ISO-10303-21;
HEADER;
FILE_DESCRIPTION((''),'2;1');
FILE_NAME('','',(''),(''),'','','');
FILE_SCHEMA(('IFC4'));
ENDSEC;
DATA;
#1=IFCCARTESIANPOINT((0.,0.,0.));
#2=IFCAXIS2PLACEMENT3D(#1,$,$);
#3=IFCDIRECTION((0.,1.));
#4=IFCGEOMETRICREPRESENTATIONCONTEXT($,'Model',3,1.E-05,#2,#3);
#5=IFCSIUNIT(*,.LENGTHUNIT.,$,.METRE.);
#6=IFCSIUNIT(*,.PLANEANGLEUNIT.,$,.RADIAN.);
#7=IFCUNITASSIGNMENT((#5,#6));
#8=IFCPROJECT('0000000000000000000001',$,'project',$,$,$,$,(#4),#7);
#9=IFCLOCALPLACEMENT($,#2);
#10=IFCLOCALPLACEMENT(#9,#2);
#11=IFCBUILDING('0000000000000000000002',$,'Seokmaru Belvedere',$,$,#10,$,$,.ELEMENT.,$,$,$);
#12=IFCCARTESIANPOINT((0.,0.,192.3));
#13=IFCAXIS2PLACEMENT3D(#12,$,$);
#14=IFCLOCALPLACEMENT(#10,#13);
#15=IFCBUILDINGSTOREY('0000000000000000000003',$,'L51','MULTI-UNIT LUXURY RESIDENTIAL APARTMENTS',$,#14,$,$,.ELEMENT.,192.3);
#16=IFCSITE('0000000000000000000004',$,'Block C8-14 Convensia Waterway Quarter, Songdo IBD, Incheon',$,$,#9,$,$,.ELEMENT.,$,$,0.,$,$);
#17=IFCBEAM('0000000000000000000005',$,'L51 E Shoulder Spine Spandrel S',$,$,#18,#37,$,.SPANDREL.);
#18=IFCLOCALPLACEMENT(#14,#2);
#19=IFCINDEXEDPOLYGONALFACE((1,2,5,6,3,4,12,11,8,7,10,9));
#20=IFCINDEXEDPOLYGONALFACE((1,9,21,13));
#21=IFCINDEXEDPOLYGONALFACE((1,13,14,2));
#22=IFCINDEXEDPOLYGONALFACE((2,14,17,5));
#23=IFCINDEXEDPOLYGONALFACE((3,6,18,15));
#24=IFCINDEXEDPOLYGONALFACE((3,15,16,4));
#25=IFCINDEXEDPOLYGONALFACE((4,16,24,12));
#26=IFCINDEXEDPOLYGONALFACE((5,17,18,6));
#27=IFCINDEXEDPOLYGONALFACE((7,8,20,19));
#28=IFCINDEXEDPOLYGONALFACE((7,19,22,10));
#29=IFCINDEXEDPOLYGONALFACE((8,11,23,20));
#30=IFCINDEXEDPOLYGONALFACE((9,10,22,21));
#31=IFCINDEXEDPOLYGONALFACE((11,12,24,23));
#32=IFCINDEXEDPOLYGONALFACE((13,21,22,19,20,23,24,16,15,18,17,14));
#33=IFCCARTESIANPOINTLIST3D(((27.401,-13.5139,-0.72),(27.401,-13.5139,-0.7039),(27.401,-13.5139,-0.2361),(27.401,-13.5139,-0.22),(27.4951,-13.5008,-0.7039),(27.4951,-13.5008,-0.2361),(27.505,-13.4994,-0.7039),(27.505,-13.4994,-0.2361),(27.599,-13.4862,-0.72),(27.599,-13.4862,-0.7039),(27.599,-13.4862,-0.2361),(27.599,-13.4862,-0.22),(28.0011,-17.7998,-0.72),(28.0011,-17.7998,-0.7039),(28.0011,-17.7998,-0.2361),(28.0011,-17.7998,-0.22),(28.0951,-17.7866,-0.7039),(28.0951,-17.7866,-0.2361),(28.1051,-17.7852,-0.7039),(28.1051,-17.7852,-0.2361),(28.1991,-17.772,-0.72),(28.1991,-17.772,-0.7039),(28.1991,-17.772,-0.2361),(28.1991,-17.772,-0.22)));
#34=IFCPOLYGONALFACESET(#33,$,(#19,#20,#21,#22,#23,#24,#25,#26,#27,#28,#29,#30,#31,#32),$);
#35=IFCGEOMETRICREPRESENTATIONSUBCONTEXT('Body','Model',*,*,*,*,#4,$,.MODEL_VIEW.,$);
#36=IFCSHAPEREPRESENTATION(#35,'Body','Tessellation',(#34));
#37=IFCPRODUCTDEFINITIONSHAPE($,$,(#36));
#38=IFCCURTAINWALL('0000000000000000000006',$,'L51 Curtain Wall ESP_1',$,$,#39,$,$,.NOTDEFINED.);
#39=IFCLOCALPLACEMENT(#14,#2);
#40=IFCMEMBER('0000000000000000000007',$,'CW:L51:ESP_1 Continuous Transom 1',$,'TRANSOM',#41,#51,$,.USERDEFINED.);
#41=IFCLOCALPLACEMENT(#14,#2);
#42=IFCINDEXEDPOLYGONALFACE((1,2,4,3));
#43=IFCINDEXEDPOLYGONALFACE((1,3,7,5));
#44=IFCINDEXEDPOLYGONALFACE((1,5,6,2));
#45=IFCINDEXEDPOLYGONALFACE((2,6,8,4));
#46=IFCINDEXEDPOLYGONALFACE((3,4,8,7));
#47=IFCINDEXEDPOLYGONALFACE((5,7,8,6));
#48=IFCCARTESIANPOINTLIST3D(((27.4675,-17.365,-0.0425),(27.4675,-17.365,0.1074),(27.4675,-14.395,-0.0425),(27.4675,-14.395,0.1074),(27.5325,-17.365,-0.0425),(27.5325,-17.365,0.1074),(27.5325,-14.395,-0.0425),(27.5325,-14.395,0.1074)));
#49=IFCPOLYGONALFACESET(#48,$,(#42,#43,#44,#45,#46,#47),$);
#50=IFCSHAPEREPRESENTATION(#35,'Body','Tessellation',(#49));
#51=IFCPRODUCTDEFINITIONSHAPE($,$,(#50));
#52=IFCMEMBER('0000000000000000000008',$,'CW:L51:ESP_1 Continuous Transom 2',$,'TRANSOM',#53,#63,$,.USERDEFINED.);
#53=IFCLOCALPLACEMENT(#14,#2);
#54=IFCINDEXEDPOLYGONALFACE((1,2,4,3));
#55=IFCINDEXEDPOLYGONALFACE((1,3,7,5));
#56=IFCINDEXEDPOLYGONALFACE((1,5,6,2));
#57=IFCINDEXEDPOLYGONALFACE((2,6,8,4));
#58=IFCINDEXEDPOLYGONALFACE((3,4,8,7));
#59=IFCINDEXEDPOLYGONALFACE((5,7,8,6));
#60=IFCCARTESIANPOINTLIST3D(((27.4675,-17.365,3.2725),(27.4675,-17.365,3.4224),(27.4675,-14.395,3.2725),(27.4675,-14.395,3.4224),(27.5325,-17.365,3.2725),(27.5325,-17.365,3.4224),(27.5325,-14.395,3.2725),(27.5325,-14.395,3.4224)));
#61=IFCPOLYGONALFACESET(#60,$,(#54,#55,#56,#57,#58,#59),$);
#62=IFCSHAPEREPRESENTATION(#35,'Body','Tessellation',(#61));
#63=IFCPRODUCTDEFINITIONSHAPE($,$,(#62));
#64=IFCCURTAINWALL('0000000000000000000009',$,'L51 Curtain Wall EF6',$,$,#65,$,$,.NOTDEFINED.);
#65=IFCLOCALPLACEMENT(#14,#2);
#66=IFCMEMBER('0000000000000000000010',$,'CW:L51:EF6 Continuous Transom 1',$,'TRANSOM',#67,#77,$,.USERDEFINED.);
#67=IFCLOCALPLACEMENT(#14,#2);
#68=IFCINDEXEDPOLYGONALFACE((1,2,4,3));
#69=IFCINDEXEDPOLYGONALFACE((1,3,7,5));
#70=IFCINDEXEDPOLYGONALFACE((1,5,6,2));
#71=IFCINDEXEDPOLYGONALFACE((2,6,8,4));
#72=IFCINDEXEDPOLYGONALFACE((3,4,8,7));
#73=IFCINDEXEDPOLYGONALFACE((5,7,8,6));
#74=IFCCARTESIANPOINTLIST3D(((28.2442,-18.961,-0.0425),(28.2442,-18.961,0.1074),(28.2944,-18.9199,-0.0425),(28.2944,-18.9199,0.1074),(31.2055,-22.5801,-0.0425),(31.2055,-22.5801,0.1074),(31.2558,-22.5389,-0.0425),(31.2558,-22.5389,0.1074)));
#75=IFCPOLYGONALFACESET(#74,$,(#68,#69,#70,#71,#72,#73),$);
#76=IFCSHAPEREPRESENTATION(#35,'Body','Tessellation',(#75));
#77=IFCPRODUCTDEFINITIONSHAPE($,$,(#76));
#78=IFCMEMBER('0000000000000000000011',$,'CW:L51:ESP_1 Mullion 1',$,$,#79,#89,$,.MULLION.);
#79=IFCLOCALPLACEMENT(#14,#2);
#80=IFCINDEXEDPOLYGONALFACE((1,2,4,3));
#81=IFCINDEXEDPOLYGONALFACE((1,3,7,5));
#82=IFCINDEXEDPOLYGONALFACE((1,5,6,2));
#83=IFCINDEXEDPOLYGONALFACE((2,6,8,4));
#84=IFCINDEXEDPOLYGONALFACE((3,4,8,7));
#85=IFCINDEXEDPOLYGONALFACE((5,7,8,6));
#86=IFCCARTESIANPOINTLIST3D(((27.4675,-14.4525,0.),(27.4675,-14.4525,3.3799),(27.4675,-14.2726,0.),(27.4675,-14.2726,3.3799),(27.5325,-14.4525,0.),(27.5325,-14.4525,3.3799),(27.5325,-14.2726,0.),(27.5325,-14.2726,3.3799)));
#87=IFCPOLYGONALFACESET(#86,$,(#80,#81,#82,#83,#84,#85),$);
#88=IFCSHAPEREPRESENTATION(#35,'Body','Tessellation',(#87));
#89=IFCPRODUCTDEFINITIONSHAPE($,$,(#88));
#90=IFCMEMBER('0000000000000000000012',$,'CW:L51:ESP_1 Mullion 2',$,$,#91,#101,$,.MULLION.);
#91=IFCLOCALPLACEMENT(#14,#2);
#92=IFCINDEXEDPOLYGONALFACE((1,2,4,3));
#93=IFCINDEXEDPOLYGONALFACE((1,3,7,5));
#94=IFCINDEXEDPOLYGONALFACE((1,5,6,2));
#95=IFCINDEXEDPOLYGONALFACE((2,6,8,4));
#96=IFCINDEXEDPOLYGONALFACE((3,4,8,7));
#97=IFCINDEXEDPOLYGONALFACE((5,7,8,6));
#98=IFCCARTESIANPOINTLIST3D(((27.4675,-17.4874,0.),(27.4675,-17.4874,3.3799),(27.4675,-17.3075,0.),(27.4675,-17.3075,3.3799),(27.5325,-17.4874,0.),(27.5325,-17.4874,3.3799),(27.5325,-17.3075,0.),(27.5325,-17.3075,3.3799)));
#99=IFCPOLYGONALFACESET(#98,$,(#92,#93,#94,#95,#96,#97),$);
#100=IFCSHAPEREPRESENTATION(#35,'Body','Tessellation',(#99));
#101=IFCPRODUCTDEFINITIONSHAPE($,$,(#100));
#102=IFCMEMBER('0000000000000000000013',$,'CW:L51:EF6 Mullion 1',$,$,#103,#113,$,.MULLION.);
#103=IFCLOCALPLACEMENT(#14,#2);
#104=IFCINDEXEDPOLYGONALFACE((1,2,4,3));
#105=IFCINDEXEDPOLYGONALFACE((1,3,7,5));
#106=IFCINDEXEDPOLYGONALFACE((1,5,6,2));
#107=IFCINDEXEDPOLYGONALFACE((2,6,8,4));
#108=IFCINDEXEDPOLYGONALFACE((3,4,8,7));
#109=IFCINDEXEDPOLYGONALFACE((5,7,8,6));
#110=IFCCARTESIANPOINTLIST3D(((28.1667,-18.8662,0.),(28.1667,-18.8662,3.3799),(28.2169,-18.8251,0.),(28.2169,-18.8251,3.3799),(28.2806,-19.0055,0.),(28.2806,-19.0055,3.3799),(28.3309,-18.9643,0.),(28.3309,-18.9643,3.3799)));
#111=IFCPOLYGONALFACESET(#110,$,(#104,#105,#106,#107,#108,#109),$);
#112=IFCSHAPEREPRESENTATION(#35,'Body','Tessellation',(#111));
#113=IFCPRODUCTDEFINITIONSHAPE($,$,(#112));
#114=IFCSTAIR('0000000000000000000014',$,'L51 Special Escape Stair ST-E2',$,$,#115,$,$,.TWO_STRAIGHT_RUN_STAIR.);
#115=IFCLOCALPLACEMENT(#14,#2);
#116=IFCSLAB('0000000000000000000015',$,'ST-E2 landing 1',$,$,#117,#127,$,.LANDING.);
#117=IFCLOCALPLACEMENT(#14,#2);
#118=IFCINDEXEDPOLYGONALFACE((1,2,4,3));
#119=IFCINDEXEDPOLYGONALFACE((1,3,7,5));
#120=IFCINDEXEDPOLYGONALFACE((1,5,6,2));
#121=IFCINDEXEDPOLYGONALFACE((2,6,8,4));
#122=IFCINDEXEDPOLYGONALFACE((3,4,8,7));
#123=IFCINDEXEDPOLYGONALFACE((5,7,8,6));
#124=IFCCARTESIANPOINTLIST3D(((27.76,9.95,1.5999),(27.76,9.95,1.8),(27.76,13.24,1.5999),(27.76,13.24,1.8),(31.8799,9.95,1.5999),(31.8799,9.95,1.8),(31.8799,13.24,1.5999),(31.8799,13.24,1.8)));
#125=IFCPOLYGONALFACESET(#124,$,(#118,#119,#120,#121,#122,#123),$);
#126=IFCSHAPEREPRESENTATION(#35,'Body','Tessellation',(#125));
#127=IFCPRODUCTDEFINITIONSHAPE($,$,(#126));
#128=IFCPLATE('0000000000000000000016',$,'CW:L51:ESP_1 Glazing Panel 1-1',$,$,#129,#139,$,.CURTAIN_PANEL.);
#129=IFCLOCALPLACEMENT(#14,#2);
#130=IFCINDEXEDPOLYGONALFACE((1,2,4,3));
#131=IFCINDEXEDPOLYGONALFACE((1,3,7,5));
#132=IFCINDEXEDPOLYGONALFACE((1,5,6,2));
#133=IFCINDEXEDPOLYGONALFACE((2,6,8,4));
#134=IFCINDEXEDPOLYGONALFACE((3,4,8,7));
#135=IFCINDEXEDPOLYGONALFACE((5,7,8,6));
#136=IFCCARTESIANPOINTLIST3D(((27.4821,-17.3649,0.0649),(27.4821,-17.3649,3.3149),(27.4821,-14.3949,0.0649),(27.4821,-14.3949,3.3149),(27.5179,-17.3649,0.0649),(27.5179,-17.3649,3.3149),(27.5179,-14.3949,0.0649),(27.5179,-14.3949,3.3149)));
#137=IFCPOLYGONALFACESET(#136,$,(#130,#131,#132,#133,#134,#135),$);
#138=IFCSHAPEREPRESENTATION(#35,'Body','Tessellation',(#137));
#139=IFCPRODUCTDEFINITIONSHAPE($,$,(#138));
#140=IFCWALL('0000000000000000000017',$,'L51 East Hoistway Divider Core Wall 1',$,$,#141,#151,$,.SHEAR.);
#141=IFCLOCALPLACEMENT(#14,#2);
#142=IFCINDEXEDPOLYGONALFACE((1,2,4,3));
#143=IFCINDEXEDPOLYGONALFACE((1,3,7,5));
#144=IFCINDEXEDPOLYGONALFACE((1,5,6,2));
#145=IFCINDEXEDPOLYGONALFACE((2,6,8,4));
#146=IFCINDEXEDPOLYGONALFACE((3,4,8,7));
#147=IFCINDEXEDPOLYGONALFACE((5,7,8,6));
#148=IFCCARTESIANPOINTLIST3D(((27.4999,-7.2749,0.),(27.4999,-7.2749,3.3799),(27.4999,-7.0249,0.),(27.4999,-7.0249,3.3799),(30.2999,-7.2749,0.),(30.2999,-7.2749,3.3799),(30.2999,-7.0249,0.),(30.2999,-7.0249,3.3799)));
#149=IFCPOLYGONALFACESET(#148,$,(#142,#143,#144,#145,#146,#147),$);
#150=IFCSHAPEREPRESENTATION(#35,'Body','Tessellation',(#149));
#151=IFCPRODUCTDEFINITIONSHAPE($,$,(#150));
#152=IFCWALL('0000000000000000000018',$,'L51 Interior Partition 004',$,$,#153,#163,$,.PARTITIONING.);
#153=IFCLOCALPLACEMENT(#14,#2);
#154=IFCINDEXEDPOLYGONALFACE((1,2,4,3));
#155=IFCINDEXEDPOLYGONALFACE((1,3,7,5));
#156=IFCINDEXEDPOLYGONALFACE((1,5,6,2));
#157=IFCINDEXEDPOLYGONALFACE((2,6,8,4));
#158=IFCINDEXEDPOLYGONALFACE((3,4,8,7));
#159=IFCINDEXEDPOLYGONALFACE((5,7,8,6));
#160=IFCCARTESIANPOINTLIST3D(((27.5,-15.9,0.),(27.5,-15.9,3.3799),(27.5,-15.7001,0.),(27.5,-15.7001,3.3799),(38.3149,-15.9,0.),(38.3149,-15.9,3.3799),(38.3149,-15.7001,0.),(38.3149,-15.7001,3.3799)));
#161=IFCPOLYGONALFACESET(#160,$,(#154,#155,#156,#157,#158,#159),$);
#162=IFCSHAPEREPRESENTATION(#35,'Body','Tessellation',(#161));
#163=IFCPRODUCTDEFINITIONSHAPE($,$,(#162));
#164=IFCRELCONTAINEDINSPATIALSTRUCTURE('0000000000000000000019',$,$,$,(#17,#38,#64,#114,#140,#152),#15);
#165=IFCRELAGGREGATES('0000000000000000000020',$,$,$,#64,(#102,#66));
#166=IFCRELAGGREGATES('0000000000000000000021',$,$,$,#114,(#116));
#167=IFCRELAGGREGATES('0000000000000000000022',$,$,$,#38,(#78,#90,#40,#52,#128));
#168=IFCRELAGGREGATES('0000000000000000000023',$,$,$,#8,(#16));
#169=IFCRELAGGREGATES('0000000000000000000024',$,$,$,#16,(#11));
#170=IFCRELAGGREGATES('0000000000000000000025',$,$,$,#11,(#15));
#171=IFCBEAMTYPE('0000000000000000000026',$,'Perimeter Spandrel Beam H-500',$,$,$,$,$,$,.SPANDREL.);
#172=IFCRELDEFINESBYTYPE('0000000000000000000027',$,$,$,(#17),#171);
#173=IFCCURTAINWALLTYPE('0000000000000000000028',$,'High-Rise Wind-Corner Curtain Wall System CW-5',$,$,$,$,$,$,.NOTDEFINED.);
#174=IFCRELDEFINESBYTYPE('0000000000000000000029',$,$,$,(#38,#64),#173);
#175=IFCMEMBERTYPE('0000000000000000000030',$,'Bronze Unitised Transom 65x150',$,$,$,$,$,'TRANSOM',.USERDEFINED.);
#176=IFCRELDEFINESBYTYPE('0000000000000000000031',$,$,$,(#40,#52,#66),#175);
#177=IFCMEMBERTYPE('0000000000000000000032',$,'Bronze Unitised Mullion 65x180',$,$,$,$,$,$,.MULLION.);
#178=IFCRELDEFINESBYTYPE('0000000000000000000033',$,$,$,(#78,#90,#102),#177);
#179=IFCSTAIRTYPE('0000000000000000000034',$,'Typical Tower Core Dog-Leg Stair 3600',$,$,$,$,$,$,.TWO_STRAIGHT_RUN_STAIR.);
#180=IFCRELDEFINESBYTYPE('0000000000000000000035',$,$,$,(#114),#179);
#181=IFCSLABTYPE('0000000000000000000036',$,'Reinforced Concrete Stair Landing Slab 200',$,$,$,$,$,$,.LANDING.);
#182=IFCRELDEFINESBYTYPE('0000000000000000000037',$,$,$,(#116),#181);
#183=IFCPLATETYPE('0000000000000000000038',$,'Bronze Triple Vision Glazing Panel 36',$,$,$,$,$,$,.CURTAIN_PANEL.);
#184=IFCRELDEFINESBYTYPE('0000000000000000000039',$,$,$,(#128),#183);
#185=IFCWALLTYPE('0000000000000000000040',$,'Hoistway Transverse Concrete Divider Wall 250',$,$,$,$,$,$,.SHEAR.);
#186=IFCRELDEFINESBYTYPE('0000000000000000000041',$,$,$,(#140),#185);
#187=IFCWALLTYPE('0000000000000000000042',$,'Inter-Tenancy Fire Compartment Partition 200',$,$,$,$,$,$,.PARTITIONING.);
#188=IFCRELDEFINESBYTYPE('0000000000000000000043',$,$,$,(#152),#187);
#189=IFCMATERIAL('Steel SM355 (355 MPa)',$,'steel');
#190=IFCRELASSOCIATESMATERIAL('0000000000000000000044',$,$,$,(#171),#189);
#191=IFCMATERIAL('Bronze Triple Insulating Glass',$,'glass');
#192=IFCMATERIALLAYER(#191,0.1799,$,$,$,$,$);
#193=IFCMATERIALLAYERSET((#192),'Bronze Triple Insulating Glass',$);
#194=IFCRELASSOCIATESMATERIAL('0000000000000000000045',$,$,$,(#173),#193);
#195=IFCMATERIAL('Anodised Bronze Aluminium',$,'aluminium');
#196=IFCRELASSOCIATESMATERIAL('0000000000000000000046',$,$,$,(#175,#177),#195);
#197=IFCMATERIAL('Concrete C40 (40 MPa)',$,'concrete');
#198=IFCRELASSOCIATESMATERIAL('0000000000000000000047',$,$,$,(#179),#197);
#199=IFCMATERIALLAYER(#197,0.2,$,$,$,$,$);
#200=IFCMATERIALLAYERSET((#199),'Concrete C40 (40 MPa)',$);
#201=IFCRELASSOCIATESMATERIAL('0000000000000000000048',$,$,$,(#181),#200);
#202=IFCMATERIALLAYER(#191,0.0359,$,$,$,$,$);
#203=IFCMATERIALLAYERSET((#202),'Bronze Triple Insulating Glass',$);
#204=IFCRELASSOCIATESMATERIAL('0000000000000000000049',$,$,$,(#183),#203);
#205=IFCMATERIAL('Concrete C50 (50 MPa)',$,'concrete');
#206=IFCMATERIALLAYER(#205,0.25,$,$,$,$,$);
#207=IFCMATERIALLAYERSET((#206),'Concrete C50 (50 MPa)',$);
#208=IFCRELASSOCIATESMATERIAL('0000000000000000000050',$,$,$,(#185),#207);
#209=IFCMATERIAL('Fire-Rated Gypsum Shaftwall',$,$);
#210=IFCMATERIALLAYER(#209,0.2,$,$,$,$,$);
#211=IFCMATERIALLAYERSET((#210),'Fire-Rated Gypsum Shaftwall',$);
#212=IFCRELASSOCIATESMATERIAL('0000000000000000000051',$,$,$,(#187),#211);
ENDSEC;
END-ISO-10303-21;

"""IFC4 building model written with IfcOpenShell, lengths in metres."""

from ifc_helpers import new_model, si_unit, direction, frame, frame_2d, origin, origin_2d, place, context, subcontext, project, spatial, polyline, rectangle, i_section, outline, extrude, source, transform, mapped, material, layer, layer_set, material_profile, profile_set, type_object, type_shapes, element, aggregate, save


model = new_model("IFC4")

# Units and contexts
model_context = context("Model", 3, precision=1e-05, world=origin(), true_north=direction((0.0, 1.0)))
body_context = subcontext(model_context, "Body", "Model", "MODEL_VIEW")
ifc_project = project(units=[si_unit("LENGTHUNIT", "METRE"), si_unit("PLANEANGLEUNIT", "RADIAN")], contexts=[model_context])

# Site, building, storey
site_placement = place(None, origin())
site = spatial("IfcSite", under=ifc_project, at=site_placement, Name="Block C8-14 Convensia Waterway Quarter, Songdo IBD, Incheon", CompositionType="ELEMENT", RefElevation=0.0)
building_placement = place(site_placement, origin())
building = spatial("IfcBuilding", under=site, at=building_placement, Name="Seokmaru Belvedere", CompositionType="ELEMENT")
storey_placement = place(building_placement, frame((0.0, 0.0, 192.3)))
storey = spatial("IfcBuildingStorey", under=building, at=storey_placement, Name="L51", Description="MULTI-UNIT LUXURY RESIDENTIAL APARTMENTS", CompositionType="ELEMENT", Elevation=192.3)

# Shared definitions
ifc_material_1 = material(Name="Steel SM355 (355 MPa)", Category="steel")

# Beam
ifc_material_profile_1 = material_profile(ifc_material_1, i_section(OverallWidth=0.2, OverallDepth=0.5, WebThickness=0.01, FlangeThickness=0.0161, at=origin_2d()), Name="H-500x200x10x16")
ifc_profile_set_1 = profile_set([ifc_material_profile_1], Name="Steel SM355 (355 MPa)")
beam_type_1 = type_object("IfcBeamType", Name="Perimeter Spandrel Beam H-500", PredefinedType="SPANDREL", material=ifc_profile_set_1)
shared_shape_1 = source(origin(), body_context, "Body", "SweptSolid", [
    extrude(i_section(OverallWidth=0.2, OverallDepth=0.5, WebThickness=0.01, FlangeThickness=0.0161, at=origin_2d()), origin(), (0.0, 0.0, 1.0), 4.3276),
])
beam_1_placement = place(storey_placement, frame((28.1001, -17.7859, -0.47), z_axis=(-0.138664, 0.990339, 0.0), x_axis=(-0.990339, -0.138664, 0.0)))
element("IfcBeam", 1, at=beam_1_placement, inside=storey, type_object=beam_type_1, Name="L51 E Shoulder Spine Spandrel S", PredefinedType="SPANDREL", context=body_context, shape_type="MappedRepresentation", body=[
    mapped(shared_shape_1, transform((0.0, 0.0, 0.0), scale=1.0)),
])

# Curtain wall, members
ifc_material_2 = material(Name="Bronze Triple Insulating Glass", Category="glass")
ifc_layer_1 = layer(ifc_material_2, 0.1799)
ifc_layer_set_1 = layer_set([ifc_layer_1], Name="Bronze Triple Insulating Glass")
curtain_wall_type = type_object("IfcCurtainWallType", Name="High-Rise Wind-Corner Curtain Wall System CW-5", PredefinedType="NOTDEFINED", material=ifc_layer_set_1)
curtain_wall_1_placement = place(storey_placement, origin())
curtain_wall_1 = element("IfcCurtainWall", 2, at=curtain_wall_1_placement, inside=storey, type_object=curtain_wall_type, Name="L51 Curtain Wall ESP_1", PredefinedType="NOTDEFINED")
ifc_material_3 = material(Name="Anodised Bronze Aluminium", Category="aluminium")
ifc_material_profile_2 = material_profile(ifc_material_3, rectangle(XDim=0.0649, YDim=0.1499, at=origin_2d()), Name="CW-T-65x150")
ifc_profile_set_2 = profile_set([ifc_material_profile_2], Name="Anodised Bronze Aluminium")
member_type_1 = type_object("IfcMemberType", Name="Bronze Unitised Transom 65x150", ElementType="TRANSOM", PredefinedType="USERDEFINED", material=ifc_profile_set_2)
shared_shape_2 = source(origin(), body_context, "Body", "SweptSolid", [
    extrude(rectangle(XDim=0.0649, YDim=0.1499, at=origin_2d()), origin(), (0.0, 0.0, 1.0), 2.97),
])
member_1_placement = place(storey_placement, frame((27.5, -14.395, 0.0325), z_axis=(0.0, -1.0, 0.0), x_axis=(1.0, 0.0, 0.0)))
member_1 = element("IfcMember", 3, at=member_1_placement, type_object=member_type_1, Name="CW:L51:ESP_1 Continuous Transom 1", ObjectType="TRANSOM", PredefinedType="USERDEFINED", context=body_context, shape_type="MappedRepresentation", body=[
    mapped(shared_shape_2, transform((0.0, 0.0, 0.0), scale=1.0)),
])
member_2_placement = place(storey_placement, frame((27.5, -14.395, 3.3474), z_axis=(0.0, -1.0, 0.0), x_axis=(1.0, 0.0, 0.0)))
member_2 = element("IfcMember", 4, at=member_2_placement, type_object=member_type_1, Name="CW:L51:ESP_1 Continuous Transom 2", ObjectType="TRANSOM", PredefinedType="USERDEFINED", context=body_context, shape_type="MappedRepresentation", body=[
    mapped(shared_shape_2, transform((0.0, 0.0, 0.0), scale=1.0)),
])

# Curtain wall, member
curtain_wall_2_placement = place(storey_placement, origin())
curtain_wall_2 = element("IfcCurtainWall", 5, at=curtain_wall_2_placement, inside=storey, type_object=curtain_wall_type, Name="L51 Curtain Wall EF6", PredefinedType="NOTDEFINED")
shared_shape_3 = source(origin(), body_context, "Body", "SweptSolid", [
    extrude(rectangle(XDim=0.0649, YDim=0.1499, at=origin_2d()), origin(), (0.0, 0.0, 1.0), 4.6763),
])
type_shapes(member_type_1, [shared_shape_2, shared_shape_3])
member_3_placement = place(storey_placement, frame((28.2693, -18.9404, 0.0325), z_axis=(0.633278, -0.773925, 0.0), x_axis=(0.773925, 0.633278, 0.0)))
member_3 = element("IfcMember", 6, at=member_3_placement, type_object=member_type_1, Name="CW:L51:EF6 Continuous Transom 1", ObjectType="TRANSOM", PredefinedType="USERDEFINED", context=body_context, shape_type="MappedRepresentation", body=[
    mapped(shared_shape_3, transform((0.0, 0.0, 0.0), scale=1.0)),
])

# Members
ifc_material_profile_3 = material_profile(ifc_material_3, rectangle(XDim=0.0649, YDim=0.1799, at=origin_2d()), Name="CW-M-65x180")
ifc_profile_set_3 = profile_set([ifc_material_profile_3], Name="Anodised Bronze Aluminium")
member_type_2 = type_object("IfcMemberType", Name="Bronze Unitised Mullion 65x180", PredefinedType="MULLION", material=ifc_profile_set_3)
shared_shape_4 = source(origin(), body_context, "Body", "SweptSolid", [
    extrude(rectangle(XDim=0.0649, YDim=0.1799, at=origin_2d()), origin(), (0.0, 0.0, 1.0), 3.3799),
])
type_shapes(member_type_2, [shared_shape_4])
member_4_placement = place(storey_placement, frame((27.5, -14.3625, 0.0), z_axis=(0.0, 0.0, 1.0), x_axis=(1.0, 0.0, 0.0)))
member_4 = element("IfcMember", 7, at=member_4_placement, type_object=member_type_2, Name="CW:L51:ESP_1 Mullion 1", PredefinedType="MULLION", context=body_context, shape_type="MappedRepresentation", body=[
    mapped(shared_shape_4, transform((0.0, 0.0, 0.0), scale=1.0)),
])
member_5_placement = place(storey_placement, frame((27.5, -17.3975, 0.0), z_axis=(0.0, 0.0, 1.0), x_axis=(1.0, 0.0, 0.0)))
member_5 = element("IfcMember", 8, at=member_5_placement, type_object=member_type_2, Name="CW:L51:ESP_1 Mullion 2", PredefinedType="MULLION", context=body_context, shape_type="MappedRepresentation", body=[
    mapped(shared_shape_4, transform((0.0, 0.0, 0.0), scale=1.0)),
])
member_6_placement = place(storey_placement, frame((28.2488, -18.9153, 0.0), z_axis=(0.0, 0.0, 1.0), x_axis=(0.773944, 0.633254, 0.0)))
member_6 = element("IfcMember", 9, at=member_6_placement, type_object=member_type_2, Name="CW:L51:EF6 Mullion 1", PredefinedType="MULLION", context=body_context, shape_type="MappedRepresentation", body=[
    mapped(shared_shape_4, transform((0.0, 0.0, 0.0), scale=1.0)),
])
aggregate(curtain_wall_2, [member_6, member_3])

# Stair, slab
ifc_material_4 = material(Name="Concrete C40 (40 MPa)", Category="concrete")
stair_type = type_object("IfcStairType", Name="Typical Tower Core Dog-Leg Stair 3600", PredefinedType="TWO_STRAIGHT_RUN_STAIR", material=ifc_material_4)
stair_placement = place(storey_placement, origin())
stair = element("IfcStair", 10, at=stair_placement, inside=storey, type_object=stair_type, Name="L51 Special Escape Stair ST-E2", PredefinedType="TWO_STRAIGHT_RUN_STAIR")
ifc_layer_2 = layer(ifc_material_4, 0.2)
ifc_layer_set_2 = layer_set([ifc_layer_2], Name="Concrete C40 (40 MPa)")
slab_type = type_object("IfcSlabType", Name="Reinforced Concrete Stair Landing Slab 200", PredefinedType="LANDING", material=ifc_layer_set_2)
slab_placement = place(storey_placement, frame((0.0, 0.0, 1.5999)))
slab = element("IfcSlab", 11, at=slab_placement, type_object=slab_type, Name="ST-E2 landing 1", PredefinedType="LANDING", context=body_context, shape_type="SweptSolid", body=[
    extrude(outline(polyline([(27.76, 9.95), (31.8799, 9.95), (31.8799, 13.24), (27.76, 13.24), (27.76, 9.95)])), origin(), (0.0, 0.0, 1.0), 0.2002),
])
aggregate(stair, [slab])

# Plate
ifc_layer_3 = layer(ifc_material_2, 0.0359)
ifc_layer_set_3 = layer_set([ifc_layer_3], Name="Bronze Triple Insulating Glass")
plate_type = type_object("IfcPlateType", Name="Bronze Triple Vision Glazing Panel 36", PredefinedType="CURTAIN_PANEL", material=ifc_layer_set_3)
shared_shape_5 = source(origin(), body_context, "Body", "SweptSolid", [
    extrude(rectangle(XDim=2.97, YDim=0.0359, at=origin_2d()), origin(), (0.0, 0.0, 1.0), 3.25),
])
type_shapes(plate_type, [shared_shape_5])
plate_placement = place(storey_placement, frame((27.5, -15.8799, 0.0649), z_axis=(0.0, 0.0, 1.0), x_axis=(0.0, -1.0, 0.0)))
plate = element("IfcPlate", 12, at=plate_placement, type_object=plate_type, Name="CW:L51:ESP_1 Glazing Panel 1-1", PredefinedType="CURTAIN_PANEL", context=body_context, shape_type="MappedRepresentation", body=[
    mapped(shared_shape_5, transform((0.0, 0.0, 0.0), scale=1.0)),
])
aggregate(curtain_wall_1, [member_4, member_5, member_1, member_2, plate])

# Shared definitions
ifc_material_5 = material(Name="Fire-Rated Gypsum Shaftwall")

# Walls
ifc_material_6 = material(Name="Concrete C50 (50 MPa)", Category="concrete")
ifc_layer_4 = layer(ifc_material_6, 0.25)
ifc_layer_set_4 = layer_set([ifc_layer_4], Name="Concrete C50 (50 MPa)")
wall_type_1 = type_object("IfcWallType", Name="Hoistway Transverse Concrete Divider Wall 250", PredefinedType="SHEAR", material=ifc_layer_set_4)
wall_1_placement = place(storey_placement, frame((27.5, -7.1499, 0.0), z_axis=(0.0, 0.0, 1.0), x_axis=(1.0, 0.0, 0.0)))
element("IfcWall", 13, at=wall_1_placement, inside=storey, type_object=wall_type_1, Name="L51 East Hoistway Divider Core Wall 1", PredefinedType="SHEAR", context=body_context, shape_type="SweptSolid", body=[
    extrude(rectangle(XDim=2.8, YDim=0.25, at=frame_2d((1.3999, 0.0))), origin(), (0.0, 0.0, 1.0), 3.3799),
])
ifc_layer_5 = layer(ifc_material_5, 0.2)
ifc_layer_set_5 = layer_set([ifc_layer_5], Name="Fire-Rated Gypsum Shaftwall")
wall_type_2 = type_object("IfcWallType", Name="Inter-Tenancy Fire Compartment Partition 200", PredefinedType="PARTITIONING", material=ifc_layer_set_5)
wall_2_placement = place(storey_placement, frame((27.5, -15.8, 0.0), z_axis=(0.0, 0.0, 1.0), x_axis=(1.0, 0.0, 0.0)))
element("IfcWall", 14, at=wall_2_placement, inside=storey, type_object=wall_type_2, Name="L51 Interior Partition 004", PredefinedType="PARTITIONING", context=body_context, shape_type="SweptSolid", body=[
    extrude(rectangle(XDim=10.8149, YDim=0.2, at=frame_2d((5.4075, 0.0))), origin(), (0.0, 0.0, 1.0), 3.3799),
])

save(model, "model.ifc")
